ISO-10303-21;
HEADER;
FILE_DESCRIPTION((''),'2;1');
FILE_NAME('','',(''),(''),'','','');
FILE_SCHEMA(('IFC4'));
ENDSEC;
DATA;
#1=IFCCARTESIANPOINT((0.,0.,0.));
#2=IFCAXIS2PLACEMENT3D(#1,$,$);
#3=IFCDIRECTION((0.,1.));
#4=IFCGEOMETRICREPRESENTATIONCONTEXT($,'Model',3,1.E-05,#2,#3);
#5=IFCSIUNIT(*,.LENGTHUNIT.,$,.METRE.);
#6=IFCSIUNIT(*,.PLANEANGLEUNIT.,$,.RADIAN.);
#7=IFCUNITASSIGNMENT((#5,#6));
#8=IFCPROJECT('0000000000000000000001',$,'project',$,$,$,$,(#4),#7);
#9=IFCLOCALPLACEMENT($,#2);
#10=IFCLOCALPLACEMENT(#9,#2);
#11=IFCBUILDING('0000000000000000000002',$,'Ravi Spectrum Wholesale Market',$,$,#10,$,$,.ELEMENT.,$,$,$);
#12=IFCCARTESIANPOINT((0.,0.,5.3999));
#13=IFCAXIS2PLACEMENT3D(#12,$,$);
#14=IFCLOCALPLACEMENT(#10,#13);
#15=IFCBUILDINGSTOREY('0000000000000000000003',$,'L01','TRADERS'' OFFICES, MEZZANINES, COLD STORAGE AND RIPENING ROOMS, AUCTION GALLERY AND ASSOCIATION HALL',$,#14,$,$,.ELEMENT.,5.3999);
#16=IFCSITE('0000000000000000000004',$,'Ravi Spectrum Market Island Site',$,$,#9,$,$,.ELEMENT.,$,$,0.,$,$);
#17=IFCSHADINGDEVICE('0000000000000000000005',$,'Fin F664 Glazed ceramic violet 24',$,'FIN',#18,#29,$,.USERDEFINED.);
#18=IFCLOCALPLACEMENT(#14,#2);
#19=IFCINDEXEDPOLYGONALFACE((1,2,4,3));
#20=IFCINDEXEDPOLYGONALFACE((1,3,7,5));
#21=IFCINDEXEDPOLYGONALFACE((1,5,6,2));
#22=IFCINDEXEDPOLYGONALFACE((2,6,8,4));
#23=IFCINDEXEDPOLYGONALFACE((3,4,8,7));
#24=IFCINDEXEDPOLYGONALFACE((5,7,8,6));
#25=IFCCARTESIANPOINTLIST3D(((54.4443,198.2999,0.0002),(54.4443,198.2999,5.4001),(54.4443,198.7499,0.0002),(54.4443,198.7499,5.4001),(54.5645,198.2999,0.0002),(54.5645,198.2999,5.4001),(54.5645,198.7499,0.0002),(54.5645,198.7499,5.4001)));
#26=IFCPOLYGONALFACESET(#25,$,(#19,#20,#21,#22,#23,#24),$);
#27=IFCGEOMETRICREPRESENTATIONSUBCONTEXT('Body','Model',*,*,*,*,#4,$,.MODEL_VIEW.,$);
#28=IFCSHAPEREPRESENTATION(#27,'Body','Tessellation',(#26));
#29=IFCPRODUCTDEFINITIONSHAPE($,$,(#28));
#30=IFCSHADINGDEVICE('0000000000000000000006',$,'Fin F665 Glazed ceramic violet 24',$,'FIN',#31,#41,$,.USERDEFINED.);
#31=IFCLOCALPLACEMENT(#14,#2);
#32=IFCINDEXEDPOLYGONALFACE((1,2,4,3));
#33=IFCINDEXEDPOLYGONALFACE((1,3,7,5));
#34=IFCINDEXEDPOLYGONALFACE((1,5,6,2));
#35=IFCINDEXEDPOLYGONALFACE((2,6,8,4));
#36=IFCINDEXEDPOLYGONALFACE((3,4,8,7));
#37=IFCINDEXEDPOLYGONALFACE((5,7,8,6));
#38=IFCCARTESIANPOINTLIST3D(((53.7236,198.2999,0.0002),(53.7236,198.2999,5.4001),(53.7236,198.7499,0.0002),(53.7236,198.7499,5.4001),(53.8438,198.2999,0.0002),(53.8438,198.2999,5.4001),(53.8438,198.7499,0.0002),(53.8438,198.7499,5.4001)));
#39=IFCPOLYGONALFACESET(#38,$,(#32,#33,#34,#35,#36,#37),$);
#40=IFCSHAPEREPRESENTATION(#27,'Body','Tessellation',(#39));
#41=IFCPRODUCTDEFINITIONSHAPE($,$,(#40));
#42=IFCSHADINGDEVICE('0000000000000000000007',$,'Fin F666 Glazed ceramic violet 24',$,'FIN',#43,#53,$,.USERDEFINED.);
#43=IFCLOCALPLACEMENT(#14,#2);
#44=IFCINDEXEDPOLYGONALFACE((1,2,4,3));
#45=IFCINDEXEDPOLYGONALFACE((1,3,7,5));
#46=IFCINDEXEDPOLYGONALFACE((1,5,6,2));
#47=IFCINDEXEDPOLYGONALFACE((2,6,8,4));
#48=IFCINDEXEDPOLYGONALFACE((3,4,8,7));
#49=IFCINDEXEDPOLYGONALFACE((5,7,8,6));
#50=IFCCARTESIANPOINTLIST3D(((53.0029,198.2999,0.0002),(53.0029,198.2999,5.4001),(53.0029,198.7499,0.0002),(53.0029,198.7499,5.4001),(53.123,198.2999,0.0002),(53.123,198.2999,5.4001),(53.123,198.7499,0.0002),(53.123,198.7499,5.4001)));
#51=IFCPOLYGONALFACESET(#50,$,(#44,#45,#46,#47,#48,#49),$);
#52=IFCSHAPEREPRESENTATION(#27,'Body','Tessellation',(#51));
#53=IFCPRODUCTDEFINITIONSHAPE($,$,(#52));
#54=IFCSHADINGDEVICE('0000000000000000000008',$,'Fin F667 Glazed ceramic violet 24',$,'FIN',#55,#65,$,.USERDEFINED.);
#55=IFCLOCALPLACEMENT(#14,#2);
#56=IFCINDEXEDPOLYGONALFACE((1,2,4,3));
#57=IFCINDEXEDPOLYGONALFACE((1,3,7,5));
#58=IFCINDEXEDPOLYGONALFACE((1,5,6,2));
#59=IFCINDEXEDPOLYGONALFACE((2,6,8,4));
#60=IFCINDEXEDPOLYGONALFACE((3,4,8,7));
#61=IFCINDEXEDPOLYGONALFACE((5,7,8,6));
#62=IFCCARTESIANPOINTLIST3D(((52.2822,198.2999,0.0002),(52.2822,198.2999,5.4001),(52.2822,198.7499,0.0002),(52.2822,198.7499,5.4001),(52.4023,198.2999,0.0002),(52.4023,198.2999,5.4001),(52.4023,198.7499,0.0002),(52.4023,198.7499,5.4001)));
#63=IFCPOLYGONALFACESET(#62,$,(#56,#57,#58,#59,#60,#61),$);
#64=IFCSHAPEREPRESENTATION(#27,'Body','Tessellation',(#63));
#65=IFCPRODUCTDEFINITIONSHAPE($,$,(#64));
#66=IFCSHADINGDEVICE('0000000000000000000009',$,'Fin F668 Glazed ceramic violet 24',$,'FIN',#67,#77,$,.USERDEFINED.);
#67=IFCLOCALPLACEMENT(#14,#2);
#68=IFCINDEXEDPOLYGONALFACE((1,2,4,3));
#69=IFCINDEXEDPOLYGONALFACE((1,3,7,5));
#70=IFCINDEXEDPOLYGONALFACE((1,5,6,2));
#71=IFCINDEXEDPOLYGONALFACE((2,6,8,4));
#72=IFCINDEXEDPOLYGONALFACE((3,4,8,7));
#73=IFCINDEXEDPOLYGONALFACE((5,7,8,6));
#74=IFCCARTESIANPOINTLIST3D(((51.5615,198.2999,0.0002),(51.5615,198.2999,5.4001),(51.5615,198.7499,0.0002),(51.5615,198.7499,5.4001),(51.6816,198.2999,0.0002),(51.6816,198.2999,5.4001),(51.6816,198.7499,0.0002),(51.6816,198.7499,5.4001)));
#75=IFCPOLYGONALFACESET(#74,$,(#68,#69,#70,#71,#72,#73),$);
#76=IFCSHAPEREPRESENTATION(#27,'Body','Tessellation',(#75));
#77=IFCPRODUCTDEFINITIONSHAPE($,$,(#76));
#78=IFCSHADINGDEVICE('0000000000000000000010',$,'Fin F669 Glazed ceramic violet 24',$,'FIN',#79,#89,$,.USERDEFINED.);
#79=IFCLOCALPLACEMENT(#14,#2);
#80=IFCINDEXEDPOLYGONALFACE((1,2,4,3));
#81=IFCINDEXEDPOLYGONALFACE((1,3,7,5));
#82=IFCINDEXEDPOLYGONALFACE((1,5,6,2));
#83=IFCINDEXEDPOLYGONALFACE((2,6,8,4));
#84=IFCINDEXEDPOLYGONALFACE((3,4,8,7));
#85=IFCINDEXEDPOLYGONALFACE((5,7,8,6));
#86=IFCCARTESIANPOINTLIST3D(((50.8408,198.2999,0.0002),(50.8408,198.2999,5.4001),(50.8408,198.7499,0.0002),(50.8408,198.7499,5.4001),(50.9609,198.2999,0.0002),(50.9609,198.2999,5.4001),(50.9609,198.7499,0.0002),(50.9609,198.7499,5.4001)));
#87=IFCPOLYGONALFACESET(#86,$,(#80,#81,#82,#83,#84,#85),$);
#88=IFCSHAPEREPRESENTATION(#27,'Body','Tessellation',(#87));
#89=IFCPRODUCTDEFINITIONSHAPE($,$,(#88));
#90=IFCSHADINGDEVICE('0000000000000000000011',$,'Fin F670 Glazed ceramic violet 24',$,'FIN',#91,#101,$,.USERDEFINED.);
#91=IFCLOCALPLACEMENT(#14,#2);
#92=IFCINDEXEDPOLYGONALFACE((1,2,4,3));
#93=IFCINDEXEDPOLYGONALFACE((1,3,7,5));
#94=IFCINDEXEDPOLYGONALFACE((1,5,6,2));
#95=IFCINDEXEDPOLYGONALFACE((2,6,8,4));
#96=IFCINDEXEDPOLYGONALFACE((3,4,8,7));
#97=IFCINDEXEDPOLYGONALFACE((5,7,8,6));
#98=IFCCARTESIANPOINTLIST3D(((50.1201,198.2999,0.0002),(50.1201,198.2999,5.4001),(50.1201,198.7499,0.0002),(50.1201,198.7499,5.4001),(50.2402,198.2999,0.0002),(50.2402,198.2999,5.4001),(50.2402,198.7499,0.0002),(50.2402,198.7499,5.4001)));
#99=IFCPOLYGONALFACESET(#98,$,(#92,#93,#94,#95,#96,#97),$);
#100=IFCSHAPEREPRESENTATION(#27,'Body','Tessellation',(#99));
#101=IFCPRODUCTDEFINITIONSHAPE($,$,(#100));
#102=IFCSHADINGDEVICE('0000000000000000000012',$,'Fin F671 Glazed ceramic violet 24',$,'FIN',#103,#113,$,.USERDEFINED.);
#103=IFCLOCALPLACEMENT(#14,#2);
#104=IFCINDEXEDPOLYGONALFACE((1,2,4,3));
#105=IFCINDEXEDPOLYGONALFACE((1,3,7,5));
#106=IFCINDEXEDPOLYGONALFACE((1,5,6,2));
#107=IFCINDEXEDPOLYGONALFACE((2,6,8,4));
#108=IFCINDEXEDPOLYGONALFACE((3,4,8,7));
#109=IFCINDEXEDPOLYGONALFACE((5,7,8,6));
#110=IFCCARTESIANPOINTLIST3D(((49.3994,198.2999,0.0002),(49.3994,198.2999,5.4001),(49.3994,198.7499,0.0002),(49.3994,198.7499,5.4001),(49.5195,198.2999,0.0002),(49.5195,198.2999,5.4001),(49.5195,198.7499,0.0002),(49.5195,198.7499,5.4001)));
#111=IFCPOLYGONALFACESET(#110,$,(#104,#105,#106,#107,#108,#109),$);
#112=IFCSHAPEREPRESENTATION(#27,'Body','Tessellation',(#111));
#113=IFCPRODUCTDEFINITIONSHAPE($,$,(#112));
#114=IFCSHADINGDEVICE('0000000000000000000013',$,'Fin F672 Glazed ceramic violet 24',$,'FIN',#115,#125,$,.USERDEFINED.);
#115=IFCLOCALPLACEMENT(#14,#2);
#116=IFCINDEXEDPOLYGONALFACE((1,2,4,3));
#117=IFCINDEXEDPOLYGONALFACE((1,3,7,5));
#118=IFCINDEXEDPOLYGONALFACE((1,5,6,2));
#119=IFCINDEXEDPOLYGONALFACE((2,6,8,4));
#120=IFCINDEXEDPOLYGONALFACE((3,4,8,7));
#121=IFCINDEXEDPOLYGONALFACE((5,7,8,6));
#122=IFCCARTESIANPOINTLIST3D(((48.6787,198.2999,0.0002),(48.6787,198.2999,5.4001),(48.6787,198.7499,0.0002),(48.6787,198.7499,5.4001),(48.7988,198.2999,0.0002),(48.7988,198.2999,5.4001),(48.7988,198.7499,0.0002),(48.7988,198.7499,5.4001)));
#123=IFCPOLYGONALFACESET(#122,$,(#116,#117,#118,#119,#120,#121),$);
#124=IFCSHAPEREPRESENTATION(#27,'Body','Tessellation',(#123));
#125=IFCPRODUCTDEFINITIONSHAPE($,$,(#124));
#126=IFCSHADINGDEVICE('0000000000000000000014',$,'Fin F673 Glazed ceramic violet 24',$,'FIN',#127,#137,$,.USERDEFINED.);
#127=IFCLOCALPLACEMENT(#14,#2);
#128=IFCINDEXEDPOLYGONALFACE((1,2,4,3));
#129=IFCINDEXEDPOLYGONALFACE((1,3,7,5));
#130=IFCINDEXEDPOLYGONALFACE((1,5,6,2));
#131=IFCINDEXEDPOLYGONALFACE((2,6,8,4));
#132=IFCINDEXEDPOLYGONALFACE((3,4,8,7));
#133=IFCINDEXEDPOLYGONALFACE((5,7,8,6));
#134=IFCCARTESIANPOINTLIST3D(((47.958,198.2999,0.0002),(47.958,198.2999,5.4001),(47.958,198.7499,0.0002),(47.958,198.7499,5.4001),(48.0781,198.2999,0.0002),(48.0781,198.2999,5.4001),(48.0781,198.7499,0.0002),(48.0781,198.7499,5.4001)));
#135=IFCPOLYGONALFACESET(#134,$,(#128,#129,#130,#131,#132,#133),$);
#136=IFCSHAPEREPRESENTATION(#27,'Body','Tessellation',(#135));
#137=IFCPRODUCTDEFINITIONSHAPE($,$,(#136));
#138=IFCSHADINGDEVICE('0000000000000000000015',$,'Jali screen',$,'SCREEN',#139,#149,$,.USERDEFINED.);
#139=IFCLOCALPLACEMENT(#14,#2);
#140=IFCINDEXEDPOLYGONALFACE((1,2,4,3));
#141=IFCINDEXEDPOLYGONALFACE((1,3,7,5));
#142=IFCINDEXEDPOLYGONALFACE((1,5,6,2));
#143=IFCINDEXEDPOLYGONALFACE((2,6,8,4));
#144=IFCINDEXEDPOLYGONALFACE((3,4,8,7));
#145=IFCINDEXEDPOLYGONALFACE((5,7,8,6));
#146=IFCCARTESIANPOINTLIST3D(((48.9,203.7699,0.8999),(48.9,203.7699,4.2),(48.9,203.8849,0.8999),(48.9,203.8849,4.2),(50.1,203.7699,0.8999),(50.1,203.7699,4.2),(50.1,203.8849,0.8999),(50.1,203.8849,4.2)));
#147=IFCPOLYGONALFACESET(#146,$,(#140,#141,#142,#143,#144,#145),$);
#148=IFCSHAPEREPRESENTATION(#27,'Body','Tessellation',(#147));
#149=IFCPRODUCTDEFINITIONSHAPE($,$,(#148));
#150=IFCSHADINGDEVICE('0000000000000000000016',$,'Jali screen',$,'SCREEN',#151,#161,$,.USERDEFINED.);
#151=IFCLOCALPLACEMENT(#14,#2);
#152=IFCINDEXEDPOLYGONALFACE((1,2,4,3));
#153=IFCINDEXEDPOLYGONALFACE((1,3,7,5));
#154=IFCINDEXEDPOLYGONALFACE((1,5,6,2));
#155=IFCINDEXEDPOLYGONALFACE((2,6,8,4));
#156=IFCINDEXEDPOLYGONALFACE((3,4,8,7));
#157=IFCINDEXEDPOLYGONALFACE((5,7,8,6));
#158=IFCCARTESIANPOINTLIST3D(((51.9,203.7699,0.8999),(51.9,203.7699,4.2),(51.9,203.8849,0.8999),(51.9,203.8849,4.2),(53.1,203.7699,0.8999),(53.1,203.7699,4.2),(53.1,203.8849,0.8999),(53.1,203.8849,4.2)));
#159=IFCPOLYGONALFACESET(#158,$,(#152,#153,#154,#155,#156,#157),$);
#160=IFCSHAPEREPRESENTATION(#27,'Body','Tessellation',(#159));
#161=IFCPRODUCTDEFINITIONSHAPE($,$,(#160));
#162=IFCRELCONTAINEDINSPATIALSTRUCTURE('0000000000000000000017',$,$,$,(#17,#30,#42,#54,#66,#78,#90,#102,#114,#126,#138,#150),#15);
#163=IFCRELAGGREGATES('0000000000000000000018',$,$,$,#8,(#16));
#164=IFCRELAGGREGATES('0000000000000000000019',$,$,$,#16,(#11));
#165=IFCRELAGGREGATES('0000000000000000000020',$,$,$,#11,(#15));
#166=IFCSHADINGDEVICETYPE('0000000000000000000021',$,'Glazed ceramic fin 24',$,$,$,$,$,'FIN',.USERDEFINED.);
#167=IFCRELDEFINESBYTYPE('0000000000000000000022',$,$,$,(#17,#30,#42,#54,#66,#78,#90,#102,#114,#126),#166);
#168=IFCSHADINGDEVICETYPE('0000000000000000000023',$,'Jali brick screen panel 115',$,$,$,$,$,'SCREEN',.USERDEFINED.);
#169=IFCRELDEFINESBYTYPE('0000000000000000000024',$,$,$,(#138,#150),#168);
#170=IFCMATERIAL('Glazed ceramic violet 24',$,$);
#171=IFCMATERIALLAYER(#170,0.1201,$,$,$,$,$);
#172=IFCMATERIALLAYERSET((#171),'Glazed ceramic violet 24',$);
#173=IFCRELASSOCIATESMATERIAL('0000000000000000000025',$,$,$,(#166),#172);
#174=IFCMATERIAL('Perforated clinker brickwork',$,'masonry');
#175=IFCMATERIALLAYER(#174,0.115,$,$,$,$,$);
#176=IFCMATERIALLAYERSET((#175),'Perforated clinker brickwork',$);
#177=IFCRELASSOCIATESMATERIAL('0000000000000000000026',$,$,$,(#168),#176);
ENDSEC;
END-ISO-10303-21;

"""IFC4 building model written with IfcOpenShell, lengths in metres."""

from ifc_helpers import new_model, si_unit, direction, frame, origin, origin_2d, place, context, subcontext, project, spatial, rectangle, extrude, material, layer, layer_set, type_object, element, save


model = new_model("IFC4")

# Units and contexts
model_context = context("Model", 3, precision=1e-05, world=origin(), true_north=direction((0.0, 1.0)))
body_context = subcontext(model_context, "Body", "Model", "MODEL_VIEW")
ifc_project = project(units=[si_unit("LENGTHUNIT", "METRE"), si_unit("PLANEANGLEUNIT", "RADIAN")], contexts=[model_context])

# Site, building, storey
site_placement = place(None, origin())
site = spatial("IfcSite", under=ifc_project, at=site_placement, Name="Ravi Spectrum Market Island Site", CompositionType="ELEMENT", RefElevation=0.0)
building_placement = place(site_placement, origin())
building = spatial("IfcBuilding", under=site, at=building_placement, Name="Ravi Spectrum Wholesale Market", CompositionType="ELEMENT")
storey_placement = place(building_placement, frame((0.0, 0.0, 5.3999)))
storey = spatial("IfcBuildingStorey", under=building, at=storey_placement, Name="L01", Description="TRADERS' OFFICES, MEZZANINES, COLD STORAGE AND RIPENING ROOMS, AUCTION GALLERY AND ASSOCIATION HALL", CompositionType="ELEMENT", Elevation=5.3999)

# Shading devices
ifc_material_1 = material(Name="Glazed ceramic violet 24")
ifc_layer_1 = layer(ifc_material_1, 0.1201)
ifc_layer_set_1 = layer_set([ifc_layer_1], Name="Glazed ceramic violet 24")
shading_device_type_1 = type_object("IfcShadingDeviceType", Name="Glazed ceramic fin 24", ElementType="FIN", PredefinedType="USERDEFINED", material=ifc_layer_set_1)
for number, where, z_axis, x_axis, name in (
    (1, (54.5044, 198.5249, 0.0002), (0.0, 0.0, 1.0), (-1.0, 0.0, 0.0), "Fin F664 Glazed ceramic violet 24"),
    (2, (53.7837, 198.5249, 0.0002), (0.0, 0.0, 1.0), (-1.0, 0.0, 0.0), "Fin F665 Glazed ceramic violet 24"),
    (3, (53.063, 198.5249, 0.0002), (0.0, 0.0, 1.0), (-1.0, 0.0, 0.0), "Fin F666 Glazed ceramic violet 24"),
    (4, (52.3423, 198.5249, 0.0002), (0.0, 0.0, 1.0), (-1.0, 0.0, 0.0), "Fin F667 Glazed ceramic violet 24"),
    (5, (51.6216, 198.5249, 0.0002), (0.0, 0.0, 1.0), (-1.0, 0.0, 0.0), "Fin F668 Glazed ceramic violet 24"),
    (6, (50.9009, 198.5249, 0.0002), (0.0, 0.0, 1.0), (-1.0, 0.0, 0.0), "Fin F669 Glazed ceramic violet 24"),
    (7, (50.1802, 198.5249, 0.0002), (0.0, 0.0, 1.0), (-1.0, 0.0, 0.0), "Fin F670 Glazed ceramic violet 24"),
    (8, (49.4595, 198.5249, 0.0002), (0.0, 0.0, 1.0), (-1.0, 0.0, 0.0), "Fin F671 Glazed ceramic violet 24"),
    (9, (48.7388, 198.5249, 0.0002), (0.0, 0.0, 1.0), (-1.0, 0.0, 0.0), "Fin F672 Glazed ceramic violet 24"),
    (10, (48.0181, 198.5249, 0.0002), (0.0, 0.0, 1.0), (-1.0, 0.0, 0.0), "Fin F673 Glazed ceramic violet 24"),
):
    element("IfcShadingDevice", number, at=place(storey_placement, frame(where, z_axis=z_axis, x_axis=x_axis)), inside=storey, type_object=shading_device_type_1, Name=name, ObjectType="FIN", PredefinedType="USERDEFINED", context=body_context, shape_type="SweptSolid", body=[
        extrude(rectangle(XDim=0.1201, YDim=0.45, at=origin_2d()), origin(), (0.0, 0.0, 1.0), 5.3999),
    ])
ifc_material_2 = material(Name="Perforated clinker brickwork", Category="masonry")
ifc_layer_2 = layer(ifc_material_2, 0.115)
ifc_layer_set_2 = layer_set([ifc_layer_2], Name="Perforated clinker brickwork")
shading_device_type_2 = type_object("IfcShadingDeviceType", Name="Jali brick screen panel 115", ElementType="SCREEN", PredefinedType="USERDEFINED", material=ifc_layer_set_2)
for number, where, z_axis, x_axis, name in (
    (11, (49.5, 203.8274, 0.8999), (0.0, 0.0, 1.0), (1.0, 0.0, 0.0), "Jali screen"),
    (12, (52.5, 203.8274, 0.8999), (0.0, 0.0, 1.0), (1.0, 0.0, 0.0), "Jali screen"),
):
    element("IfcShadingDevice", number, at=place(storey_placement, frame(where, z_axis=z_axis, x_axis=x_axis)), inside=storey, type_object=shading_device_type_2, Name=name, ObjectType="SCREEN", PredefinedType="USERDEFINED", context=body_context, shape_type="SweptSolid", body=[
        extrude(rectangle(XDim=1.2, YDim=0.115, at=origin_2d()), origin(), (0.0, 0.0, 1.0), 3.3),
    ])

save(model, "model.ifc")
